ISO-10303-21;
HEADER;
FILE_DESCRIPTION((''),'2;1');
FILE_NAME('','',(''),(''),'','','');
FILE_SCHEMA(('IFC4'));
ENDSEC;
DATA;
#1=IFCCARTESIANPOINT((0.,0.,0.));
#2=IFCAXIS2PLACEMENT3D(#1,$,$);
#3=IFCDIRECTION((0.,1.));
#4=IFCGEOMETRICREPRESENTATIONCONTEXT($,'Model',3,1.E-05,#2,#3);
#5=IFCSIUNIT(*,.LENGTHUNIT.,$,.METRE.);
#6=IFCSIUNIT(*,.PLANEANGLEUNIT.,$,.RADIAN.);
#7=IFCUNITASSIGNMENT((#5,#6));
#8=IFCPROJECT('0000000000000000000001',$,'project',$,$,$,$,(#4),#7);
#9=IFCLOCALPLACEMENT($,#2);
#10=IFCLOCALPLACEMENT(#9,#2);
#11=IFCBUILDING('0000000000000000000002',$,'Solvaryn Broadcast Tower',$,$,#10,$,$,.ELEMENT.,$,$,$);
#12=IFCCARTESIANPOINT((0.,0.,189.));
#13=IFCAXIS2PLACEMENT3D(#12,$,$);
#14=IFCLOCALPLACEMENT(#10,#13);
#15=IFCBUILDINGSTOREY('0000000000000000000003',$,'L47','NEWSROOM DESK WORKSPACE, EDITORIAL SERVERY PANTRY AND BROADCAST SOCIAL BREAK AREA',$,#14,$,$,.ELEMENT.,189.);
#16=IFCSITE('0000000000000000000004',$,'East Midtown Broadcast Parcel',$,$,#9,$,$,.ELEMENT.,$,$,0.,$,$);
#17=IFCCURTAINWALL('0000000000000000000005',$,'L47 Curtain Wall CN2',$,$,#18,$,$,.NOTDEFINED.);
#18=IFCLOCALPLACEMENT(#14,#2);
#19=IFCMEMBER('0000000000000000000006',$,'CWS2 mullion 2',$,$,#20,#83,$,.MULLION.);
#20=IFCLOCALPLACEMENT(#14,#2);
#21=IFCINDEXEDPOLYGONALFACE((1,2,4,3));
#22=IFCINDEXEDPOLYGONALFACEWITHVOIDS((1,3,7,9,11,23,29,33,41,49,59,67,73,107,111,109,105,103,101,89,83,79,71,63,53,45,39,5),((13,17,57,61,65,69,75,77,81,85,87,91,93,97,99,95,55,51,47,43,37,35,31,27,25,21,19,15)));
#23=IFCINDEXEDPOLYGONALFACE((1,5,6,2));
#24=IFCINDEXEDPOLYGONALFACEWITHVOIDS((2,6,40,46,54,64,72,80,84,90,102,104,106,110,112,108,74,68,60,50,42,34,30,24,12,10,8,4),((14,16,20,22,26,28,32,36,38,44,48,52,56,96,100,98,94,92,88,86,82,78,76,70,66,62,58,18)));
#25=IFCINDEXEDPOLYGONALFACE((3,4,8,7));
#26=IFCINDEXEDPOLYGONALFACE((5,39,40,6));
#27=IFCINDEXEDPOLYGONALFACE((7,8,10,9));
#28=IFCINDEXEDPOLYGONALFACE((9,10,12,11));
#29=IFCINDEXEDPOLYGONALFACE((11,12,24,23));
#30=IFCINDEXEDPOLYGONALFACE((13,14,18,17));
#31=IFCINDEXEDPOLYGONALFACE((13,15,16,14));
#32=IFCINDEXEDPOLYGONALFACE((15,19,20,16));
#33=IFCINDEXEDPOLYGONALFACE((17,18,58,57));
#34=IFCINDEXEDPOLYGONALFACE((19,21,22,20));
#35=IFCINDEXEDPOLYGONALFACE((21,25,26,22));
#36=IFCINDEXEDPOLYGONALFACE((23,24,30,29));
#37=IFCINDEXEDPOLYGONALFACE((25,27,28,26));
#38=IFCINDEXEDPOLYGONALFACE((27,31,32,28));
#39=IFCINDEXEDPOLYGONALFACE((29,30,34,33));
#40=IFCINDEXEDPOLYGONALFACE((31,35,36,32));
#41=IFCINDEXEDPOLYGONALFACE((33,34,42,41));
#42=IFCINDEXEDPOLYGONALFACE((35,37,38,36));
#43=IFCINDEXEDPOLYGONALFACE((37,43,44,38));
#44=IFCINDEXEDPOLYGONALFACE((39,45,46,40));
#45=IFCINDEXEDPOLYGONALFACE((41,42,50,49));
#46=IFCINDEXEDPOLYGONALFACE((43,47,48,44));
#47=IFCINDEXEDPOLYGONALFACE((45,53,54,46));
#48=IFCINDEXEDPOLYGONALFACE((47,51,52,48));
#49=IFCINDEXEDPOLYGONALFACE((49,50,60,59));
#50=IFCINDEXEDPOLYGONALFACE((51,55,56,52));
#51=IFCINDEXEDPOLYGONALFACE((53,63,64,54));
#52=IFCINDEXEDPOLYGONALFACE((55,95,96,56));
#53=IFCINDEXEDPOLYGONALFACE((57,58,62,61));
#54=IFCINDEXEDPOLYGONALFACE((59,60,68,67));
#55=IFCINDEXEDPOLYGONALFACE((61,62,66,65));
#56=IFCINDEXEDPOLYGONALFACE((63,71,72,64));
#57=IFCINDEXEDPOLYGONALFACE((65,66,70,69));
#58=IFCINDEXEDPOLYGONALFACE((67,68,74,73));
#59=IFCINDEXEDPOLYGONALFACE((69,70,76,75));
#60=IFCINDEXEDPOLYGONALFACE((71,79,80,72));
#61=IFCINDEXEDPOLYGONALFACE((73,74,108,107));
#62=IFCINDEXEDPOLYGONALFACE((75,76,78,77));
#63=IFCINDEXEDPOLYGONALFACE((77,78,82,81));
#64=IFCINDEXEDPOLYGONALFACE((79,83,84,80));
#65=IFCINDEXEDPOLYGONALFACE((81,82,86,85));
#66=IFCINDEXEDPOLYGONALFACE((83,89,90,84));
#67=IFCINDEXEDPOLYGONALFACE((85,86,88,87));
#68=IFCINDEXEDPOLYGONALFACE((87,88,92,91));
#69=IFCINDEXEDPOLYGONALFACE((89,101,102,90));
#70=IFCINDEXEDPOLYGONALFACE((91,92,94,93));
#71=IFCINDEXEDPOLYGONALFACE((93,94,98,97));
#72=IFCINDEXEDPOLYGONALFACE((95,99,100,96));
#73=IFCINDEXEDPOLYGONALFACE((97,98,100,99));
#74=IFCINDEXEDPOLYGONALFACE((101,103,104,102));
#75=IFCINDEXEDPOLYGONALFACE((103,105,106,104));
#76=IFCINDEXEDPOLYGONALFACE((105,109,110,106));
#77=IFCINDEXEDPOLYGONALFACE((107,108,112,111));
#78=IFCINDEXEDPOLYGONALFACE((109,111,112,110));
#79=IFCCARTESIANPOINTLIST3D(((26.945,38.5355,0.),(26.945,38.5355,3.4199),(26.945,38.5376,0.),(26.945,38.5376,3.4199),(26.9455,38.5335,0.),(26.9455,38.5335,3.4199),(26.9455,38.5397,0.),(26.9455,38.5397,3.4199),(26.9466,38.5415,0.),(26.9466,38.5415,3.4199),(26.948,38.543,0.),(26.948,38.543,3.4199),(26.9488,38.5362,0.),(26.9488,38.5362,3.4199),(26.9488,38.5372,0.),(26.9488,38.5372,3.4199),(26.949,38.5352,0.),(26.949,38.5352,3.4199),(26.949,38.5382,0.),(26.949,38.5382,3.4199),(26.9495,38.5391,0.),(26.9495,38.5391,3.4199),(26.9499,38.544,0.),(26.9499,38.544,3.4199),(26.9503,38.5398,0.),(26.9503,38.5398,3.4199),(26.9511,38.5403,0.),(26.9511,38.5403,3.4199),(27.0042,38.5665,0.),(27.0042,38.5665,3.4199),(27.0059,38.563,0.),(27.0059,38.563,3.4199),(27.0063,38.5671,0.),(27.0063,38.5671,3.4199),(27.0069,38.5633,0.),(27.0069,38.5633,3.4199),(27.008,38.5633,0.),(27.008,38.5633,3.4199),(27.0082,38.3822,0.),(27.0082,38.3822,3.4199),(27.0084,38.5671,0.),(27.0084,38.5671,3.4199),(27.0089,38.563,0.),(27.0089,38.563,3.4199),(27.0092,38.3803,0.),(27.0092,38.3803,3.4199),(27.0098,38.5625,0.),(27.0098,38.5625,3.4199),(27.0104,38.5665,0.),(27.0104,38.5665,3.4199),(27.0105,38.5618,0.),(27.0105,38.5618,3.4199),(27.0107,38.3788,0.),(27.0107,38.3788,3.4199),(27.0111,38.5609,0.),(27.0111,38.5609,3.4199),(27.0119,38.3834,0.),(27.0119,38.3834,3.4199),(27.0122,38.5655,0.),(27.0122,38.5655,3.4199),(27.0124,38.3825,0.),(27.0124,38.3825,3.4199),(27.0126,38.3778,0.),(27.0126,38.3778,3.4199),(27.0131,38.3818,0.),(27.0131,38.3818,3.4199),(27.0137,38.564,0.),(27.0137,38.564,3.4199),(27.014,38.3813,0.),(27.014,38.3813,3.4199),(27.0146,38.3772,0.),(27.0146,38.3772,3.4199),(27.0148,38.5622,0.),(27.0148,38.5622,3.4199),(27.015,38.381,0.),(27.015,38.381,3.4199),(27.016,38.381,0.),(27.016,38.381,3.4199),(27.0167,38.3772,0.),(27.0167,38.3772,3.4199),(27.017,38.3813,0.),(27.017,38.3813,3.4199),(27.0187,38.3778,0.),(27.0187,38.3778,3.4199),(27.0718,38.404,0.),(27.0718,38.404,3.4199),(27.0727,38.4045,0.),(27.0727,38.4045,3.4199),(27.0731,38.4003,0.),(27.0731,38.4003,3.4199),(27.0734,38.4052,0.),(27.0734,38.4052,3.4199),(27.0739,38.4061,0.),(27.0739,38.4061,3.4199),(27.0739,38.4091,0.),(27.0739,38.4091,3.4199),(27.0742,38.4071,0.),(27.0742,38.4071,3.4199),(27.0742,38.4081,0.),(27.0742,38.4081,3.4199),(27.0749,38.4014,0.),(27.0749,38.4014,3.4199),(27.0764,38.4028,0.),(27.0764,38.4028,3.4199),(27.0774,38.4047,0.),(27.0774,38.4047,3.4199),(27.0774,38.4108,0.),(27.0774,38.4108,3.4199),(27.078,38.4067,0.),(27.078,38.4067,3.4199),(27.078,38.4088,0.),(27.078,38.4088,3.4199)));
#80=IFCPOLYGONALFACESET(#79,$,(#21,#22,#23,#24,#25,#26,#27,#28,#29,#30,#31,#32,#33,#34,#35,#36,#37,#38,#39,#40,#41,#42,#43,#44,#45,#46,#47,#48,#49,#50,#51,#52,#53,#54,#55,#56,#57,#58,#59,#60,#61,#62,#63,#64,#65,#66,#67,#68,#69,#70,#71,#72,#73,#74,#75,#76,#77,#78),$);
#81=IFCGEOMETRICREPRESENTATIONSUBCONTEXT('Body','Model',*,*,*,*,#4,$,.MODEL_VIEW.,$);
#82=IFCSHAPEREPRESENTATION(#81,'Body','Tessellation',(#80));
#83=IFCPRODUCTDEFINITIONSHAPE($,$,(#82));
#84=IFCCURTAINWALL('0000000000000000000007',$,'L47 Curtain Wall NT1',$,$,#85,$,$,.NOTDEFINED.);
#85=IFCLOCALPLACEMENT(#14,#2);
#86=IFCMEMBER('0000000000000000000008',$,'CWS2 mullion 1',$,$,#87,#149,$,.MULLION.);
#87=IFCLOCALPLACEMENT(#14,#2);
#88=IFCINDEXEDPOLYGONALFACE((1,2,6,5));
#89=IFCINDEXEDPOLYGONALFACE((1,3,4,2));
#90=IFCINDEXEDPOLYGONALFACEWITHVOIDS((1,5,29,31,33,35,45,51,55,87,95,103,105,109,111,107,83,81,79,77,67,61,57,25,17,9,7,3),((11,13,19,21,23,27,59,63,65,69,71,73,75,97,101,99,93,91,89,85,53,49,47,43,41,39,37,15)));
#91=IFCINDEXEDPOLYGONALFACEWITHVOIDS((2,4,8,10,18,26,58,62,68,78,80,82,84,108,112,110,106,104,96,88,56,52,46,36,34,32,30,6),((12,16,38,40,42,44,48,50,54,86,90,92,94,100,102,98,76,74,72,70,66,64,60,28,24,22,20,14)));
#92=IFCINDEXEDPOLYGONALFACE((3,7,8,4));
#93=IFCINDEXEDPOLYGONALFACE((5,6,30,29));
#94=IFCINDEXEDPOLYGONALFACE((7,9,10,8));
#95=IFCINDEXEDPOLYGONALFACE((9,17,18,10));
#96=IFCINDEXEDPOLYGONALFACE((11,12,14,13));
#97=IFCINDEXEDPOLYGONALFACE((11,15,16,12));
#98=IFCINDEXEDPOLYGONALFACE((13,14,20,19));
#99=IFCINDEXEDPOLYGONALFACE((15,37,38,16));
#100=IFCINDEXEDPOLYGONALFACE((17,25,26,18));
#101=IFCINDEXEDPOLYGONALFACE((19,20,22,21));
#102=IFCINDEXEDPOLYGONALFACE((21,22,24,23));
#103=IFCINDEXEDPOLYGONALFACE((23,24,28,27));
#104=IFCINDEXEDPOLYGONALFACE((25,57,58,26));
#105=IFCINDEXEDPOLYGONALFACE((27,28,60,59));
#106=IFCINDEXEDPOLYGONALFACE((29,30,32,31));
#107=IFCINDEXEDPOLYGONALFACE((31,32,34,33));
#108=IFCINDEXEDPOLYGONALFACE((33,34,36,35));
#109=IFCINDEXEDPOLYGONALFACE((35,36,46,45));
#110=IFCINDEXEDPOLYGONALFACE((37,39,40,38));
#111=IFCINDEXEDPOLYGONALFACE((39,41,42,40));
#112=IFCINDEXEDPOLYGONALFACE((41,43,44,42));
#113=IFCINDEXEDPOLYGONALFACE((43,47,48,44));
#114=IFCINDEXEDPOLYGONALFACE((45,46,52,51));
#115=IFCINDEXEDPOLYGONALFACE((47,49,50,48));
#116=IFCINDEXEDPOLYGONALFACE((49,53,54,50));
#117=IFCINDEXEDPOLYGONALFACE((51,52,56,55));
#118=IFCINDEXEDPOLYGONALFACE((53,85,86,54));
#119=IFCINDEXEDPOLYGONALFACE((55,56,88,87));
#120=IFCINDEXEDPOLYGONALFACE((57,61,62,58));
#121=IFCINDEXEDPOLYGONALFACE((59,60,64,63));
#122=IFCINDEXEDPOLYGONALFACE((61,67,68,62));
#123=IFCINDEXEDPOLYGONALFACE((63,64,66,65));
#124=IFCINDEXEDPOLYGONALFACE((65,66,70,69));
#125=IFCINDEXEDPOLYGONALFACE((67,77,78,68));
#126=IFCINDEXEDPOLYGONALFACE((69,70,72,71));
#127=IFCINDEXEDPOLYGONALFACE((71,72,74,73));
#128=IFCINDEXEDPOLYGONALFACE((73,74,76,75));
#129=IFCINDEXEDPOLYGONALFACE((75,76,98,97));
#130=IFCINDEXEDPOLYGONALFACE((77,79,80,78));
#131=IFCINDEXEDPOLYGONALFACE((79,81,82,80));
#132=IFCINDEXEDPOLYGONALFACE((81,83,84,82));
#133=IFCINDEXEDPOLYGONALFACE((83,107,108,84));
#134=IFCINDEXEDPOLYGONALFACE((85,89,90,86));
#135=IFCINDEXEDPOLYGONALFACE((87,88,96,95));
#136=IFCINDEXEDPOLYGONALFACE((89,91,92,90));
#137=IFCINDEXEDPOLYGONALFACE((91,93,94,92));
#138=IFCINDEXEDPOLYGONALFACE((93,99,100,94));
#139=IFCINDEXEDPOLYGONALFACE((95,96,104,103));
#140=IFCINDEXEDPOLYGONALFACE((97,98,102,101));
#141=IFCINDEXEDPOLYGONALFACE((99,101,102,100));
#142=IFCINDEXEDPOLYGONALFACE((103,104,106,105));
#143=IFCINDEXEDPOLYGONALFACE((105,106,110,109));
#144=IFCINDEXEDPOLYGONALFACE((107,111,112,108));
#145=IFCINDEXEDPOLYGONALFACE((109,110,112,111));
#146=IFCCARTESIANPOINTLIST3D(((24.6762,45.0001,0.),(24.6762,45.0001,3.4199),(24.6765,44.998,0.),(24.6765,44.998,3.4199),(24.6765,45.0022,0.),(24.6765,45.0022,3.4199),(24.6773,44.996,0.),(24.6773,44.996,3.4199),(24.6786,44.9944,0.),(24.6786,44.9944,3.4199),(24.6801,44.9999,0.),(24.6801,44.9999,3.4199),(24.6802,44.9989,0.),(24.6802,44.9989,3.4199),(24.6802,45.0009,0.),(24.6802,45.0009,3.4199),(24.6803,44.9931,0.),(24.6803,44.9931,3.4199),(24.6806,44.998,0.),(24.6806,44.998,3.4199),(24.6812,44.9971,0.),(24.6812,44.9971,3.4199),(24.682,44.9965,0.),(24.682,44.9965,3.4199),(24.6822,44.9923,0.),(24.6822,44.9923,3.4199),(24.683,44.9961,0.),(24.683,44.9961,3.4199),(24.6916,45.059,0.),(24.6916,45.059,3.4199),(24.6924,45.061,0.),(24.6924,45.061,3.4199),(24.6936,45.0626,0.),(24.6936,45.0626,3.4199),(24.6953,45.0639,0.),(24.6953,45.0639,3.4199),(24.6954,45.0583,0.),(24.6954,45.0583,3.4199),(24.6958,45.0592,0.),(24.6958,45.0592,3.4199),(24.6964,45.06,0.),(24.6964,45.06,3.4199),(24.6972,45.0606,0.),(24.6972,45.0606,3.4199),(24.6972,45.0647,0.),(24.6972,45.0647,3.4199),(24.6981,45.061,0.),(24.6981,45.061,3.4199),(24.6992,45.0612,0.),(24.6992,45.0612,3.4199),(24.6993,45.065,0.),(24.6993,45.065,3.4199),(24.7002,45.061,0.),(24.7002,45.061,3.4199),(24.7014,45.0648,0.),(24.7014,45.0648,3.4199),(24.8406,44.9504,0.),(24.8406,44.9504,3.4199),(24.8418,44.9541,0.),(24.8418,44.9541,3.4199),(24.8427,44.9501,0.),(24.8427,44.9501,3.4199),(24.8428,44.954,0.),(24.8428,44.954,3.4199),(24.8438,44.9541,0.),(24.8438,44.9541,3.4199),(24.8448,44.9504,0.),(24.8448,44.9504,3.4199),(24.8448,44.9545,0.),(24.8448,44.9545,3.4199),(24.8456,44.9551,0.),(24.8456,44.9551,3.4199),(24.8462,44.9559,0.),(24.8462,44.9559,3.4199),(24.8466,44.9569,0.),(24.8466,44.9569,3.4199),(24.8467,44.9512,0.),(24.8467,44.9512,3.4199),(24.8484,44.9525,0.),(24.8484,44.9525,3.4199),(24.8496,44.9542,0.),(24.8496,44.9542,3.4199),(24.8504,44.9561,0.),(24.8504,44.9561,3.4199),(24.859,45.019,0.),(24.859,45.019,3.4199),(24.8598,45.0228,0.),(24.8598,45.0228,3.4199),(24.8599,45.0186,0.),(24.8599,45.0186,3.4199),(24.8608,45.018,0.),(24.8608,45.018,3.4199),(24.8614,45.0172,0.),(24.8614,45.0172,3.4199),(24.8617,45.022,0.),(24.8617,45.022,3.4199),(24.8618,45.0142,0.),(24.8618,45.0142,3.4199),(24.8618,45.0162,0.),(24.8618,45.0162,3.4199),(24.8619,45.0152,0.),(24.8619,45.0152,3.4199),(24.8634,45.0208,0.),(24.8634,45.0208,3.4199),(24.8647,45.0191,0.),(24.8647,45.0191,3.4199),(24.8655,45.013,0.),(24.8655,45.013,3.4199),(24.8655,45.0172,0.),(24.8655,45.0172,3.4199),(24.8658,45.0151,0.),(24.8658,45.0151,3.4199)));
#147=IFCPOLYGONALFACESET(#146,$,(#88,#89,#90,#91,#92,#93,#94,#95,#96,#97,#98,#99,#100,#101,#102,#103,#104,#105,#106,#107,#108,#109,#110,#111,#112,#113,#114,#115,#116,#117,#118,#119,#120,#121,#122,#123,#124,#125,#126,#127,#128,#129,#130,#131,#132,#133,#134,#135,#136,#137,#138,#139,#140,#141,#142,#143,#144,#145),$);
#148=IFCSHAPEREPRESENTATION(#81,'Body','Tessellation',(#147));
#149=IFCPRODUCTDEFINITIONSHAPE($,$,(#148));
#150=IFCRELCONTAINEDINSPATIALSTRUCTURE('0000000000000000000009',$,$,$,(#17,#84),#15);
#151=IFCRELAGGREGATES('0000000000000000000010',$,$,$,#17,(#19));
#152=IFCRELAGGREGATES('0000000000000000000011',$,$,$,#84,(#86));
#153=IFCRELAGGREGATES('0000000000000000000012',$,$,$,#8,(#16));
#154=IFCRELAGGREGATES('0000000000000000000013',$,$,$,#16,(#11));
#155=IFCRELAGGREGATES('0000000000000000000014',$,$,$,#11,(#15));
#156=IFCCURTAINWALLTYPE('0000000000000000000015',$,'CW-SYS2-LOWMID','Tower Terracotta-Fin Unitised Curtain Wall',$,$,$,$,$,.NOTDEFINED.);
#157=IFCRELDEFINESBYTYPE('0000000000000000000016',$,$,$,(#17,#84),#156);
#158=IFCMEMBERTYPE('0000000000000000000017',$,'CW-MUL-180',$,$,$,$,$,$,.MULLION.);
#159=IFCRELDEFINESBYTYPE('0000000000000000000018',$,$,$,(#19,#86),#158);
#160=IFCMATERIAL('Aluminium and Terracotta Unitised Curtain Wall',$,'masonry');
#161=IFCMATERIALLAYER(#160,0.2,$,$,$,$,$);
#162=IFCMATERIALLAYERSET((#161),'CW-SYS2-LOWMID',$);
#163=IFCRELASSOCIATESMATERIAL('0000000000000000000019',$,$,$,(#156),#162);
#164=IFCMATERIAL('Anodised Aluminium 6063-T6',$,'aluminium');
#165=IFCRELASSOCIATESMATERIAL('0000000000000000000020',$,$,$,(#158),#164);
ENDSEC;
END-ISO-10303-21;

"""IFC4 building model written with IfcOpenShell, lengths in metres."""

from ifc_helpers import new_model, si_unit, direction, frame, origin, origin_2d, place, context, subcontext, project, spatial, hollow_rectangle, extrude, material, layer, layer_set, material_profile, profile_set, type_object, element, aggregate, save


model = new_model("IFC4")

# Units and contexts
model_context = context("Model", 3, precision=1e-05, world=origin(), true_north=direction((0.0, 1.0)))
body_context = subcontext(model_context, "Body", "Model", "MODEL_VIEW")
ifc_project = project(units=[si_unit("LENGTHUNIT", "METRE"), si_unit("PLANEANGLEUNIT", "RADIAN")], contexts=[model_context])

# Site, building, storey
site_placement = place(None, origin())
site = spatial("IfcSite", under=ifc_project, at=site_placement, Name="East Midtown Broadcast Parcel", CompositionType="ELEMENT", RefElevation=0.0)
building_placement = place(site_placement, origin())
building = spatial("IfcBuilding", under=site, at=building_placement, Name="Solvaryn Broadcast Tower", CompositionType="ELEMENT")
storey_placement = place(building_placement, frame((0.0, 0.0, 189.0)))
storey = spatial("IfcBuildingStorey", under=building, at=storey_placement, Name="L47", Description="NEWSROOM DESK WORKSPACE, EDITORIAL SERVERY PANTRY AND BROADCAST SOCIAL BREAK AREA", CompositionType="ELEMENT", Elevation=189.0)

# Shared definitions
ifc_material_1 = material(Name="Aluminium and Terracotta Unitised Curtain Wall", Category="masonry")
ifc_layer_1 = layer(ifc_material_1, 0.2)
ifc_layer_set_1 = layer_set([ifc_layer_1], Name="CW-SYS2-LOWMID")
curtain_wall_type = type_object("IfcCurtainWallType", Name="CW-SYS2-LOWMID", Description="Tower Terracotta-Fin Unitised Curtain Wall", PredefinedType="NOTDEFINED", material=ifc_layer_set_1)
ifc_material_2 = material(Name="Anodised Aluminium 6063-T6", Category="aluminium")
ifc_material_profile_1 = material_profile(ifc_material_2, hollow_rectangle(XDim=0.075, YDim=0.1799, WallThickness=0.0039, InnerFilletRadius=0.0039, OuterFilletRadius=0.0081, at=origin_2d()))
ifc_profile_set_1 = profile_set([ifc_material_profile_1], Name="Anodised Aluminium 6063-T6")
member_type_1 = type_object("IfcMemberType", Name="CW-MUL-180", PredefinedType="MULLION", material=ifc_profile_set_1)

# Curtain walls, members
curtain_wall_1_placement = place(storey_placement, origin())
curtain_wall_1 = element("IfcCurtainWall", 1, at=curtain_wall_1_placement, inside=storey, type_object=curtain_wall_type, Name="L47 Curtain Wall CN2", PredefinedType="NOTDEFINED")
member_1_placement = place(storey_placement, frame((27.0115, 38.4722, 0.0), z_axis=(0.0, 0.0, 1.0), x_axis=(-0.923895, -0.382646, 0.0)))
member_1 = element("IfcMember", 2, at=member_1_placement, type_object=member_type_1, Name="CWS2 mullion 2", PredefinedType="MULLION", context=body_context, shape_type="SweptSolid", body=[
    extrude(hollow_rectangle(XDim=0.075, YDim=0.1799, WallThickness=0.0039, InnerFilletRadius=0.0039, OuterFilletRadius=0.0081, at=origin_2d()), origin(), (0.0, 0.0, 1.0), 3.4199),
])
aggregate(curtain_wall_1, [member_1])
curtain_wall_2_placement = place(storey_placement, origin())
curtain_wall_2 = element("IfcCurtainWall", 3, at=curtain_wall_2_placement, inside=storey, type_object=curtain_wall_type, Name="L47 Curtain Wall NT1", PredefinedType="NOTDEFINED")
member_2_placement = place(storey_placement, frame((24.771, 45.0076, 0.0), z_axis=(0.0, 0.0, 1.0), x_axis=(-0.255893, -0.966705, 0.0)))
member_2 = element("IfcMember", 4, at=member_2_placement, type_object=member_type_1, Name="CWS2 mullion 1", PredefinedType="MULLION", context=body_context, shape_type="SweptSolid", body=[
    extrude(hollow_rectangle(XDim=0.075, YDim=0.1799, WallThickness=0.0039, InnerFilletRadius=0.0039, OuterFilletRadius=0.0081, at=origin_2d()), origin(), (0.0, 0.0, 1.0), 3.4199),
])

aggregate(curtain_wall_2, [member_2])

save(model, "model.ifc")
